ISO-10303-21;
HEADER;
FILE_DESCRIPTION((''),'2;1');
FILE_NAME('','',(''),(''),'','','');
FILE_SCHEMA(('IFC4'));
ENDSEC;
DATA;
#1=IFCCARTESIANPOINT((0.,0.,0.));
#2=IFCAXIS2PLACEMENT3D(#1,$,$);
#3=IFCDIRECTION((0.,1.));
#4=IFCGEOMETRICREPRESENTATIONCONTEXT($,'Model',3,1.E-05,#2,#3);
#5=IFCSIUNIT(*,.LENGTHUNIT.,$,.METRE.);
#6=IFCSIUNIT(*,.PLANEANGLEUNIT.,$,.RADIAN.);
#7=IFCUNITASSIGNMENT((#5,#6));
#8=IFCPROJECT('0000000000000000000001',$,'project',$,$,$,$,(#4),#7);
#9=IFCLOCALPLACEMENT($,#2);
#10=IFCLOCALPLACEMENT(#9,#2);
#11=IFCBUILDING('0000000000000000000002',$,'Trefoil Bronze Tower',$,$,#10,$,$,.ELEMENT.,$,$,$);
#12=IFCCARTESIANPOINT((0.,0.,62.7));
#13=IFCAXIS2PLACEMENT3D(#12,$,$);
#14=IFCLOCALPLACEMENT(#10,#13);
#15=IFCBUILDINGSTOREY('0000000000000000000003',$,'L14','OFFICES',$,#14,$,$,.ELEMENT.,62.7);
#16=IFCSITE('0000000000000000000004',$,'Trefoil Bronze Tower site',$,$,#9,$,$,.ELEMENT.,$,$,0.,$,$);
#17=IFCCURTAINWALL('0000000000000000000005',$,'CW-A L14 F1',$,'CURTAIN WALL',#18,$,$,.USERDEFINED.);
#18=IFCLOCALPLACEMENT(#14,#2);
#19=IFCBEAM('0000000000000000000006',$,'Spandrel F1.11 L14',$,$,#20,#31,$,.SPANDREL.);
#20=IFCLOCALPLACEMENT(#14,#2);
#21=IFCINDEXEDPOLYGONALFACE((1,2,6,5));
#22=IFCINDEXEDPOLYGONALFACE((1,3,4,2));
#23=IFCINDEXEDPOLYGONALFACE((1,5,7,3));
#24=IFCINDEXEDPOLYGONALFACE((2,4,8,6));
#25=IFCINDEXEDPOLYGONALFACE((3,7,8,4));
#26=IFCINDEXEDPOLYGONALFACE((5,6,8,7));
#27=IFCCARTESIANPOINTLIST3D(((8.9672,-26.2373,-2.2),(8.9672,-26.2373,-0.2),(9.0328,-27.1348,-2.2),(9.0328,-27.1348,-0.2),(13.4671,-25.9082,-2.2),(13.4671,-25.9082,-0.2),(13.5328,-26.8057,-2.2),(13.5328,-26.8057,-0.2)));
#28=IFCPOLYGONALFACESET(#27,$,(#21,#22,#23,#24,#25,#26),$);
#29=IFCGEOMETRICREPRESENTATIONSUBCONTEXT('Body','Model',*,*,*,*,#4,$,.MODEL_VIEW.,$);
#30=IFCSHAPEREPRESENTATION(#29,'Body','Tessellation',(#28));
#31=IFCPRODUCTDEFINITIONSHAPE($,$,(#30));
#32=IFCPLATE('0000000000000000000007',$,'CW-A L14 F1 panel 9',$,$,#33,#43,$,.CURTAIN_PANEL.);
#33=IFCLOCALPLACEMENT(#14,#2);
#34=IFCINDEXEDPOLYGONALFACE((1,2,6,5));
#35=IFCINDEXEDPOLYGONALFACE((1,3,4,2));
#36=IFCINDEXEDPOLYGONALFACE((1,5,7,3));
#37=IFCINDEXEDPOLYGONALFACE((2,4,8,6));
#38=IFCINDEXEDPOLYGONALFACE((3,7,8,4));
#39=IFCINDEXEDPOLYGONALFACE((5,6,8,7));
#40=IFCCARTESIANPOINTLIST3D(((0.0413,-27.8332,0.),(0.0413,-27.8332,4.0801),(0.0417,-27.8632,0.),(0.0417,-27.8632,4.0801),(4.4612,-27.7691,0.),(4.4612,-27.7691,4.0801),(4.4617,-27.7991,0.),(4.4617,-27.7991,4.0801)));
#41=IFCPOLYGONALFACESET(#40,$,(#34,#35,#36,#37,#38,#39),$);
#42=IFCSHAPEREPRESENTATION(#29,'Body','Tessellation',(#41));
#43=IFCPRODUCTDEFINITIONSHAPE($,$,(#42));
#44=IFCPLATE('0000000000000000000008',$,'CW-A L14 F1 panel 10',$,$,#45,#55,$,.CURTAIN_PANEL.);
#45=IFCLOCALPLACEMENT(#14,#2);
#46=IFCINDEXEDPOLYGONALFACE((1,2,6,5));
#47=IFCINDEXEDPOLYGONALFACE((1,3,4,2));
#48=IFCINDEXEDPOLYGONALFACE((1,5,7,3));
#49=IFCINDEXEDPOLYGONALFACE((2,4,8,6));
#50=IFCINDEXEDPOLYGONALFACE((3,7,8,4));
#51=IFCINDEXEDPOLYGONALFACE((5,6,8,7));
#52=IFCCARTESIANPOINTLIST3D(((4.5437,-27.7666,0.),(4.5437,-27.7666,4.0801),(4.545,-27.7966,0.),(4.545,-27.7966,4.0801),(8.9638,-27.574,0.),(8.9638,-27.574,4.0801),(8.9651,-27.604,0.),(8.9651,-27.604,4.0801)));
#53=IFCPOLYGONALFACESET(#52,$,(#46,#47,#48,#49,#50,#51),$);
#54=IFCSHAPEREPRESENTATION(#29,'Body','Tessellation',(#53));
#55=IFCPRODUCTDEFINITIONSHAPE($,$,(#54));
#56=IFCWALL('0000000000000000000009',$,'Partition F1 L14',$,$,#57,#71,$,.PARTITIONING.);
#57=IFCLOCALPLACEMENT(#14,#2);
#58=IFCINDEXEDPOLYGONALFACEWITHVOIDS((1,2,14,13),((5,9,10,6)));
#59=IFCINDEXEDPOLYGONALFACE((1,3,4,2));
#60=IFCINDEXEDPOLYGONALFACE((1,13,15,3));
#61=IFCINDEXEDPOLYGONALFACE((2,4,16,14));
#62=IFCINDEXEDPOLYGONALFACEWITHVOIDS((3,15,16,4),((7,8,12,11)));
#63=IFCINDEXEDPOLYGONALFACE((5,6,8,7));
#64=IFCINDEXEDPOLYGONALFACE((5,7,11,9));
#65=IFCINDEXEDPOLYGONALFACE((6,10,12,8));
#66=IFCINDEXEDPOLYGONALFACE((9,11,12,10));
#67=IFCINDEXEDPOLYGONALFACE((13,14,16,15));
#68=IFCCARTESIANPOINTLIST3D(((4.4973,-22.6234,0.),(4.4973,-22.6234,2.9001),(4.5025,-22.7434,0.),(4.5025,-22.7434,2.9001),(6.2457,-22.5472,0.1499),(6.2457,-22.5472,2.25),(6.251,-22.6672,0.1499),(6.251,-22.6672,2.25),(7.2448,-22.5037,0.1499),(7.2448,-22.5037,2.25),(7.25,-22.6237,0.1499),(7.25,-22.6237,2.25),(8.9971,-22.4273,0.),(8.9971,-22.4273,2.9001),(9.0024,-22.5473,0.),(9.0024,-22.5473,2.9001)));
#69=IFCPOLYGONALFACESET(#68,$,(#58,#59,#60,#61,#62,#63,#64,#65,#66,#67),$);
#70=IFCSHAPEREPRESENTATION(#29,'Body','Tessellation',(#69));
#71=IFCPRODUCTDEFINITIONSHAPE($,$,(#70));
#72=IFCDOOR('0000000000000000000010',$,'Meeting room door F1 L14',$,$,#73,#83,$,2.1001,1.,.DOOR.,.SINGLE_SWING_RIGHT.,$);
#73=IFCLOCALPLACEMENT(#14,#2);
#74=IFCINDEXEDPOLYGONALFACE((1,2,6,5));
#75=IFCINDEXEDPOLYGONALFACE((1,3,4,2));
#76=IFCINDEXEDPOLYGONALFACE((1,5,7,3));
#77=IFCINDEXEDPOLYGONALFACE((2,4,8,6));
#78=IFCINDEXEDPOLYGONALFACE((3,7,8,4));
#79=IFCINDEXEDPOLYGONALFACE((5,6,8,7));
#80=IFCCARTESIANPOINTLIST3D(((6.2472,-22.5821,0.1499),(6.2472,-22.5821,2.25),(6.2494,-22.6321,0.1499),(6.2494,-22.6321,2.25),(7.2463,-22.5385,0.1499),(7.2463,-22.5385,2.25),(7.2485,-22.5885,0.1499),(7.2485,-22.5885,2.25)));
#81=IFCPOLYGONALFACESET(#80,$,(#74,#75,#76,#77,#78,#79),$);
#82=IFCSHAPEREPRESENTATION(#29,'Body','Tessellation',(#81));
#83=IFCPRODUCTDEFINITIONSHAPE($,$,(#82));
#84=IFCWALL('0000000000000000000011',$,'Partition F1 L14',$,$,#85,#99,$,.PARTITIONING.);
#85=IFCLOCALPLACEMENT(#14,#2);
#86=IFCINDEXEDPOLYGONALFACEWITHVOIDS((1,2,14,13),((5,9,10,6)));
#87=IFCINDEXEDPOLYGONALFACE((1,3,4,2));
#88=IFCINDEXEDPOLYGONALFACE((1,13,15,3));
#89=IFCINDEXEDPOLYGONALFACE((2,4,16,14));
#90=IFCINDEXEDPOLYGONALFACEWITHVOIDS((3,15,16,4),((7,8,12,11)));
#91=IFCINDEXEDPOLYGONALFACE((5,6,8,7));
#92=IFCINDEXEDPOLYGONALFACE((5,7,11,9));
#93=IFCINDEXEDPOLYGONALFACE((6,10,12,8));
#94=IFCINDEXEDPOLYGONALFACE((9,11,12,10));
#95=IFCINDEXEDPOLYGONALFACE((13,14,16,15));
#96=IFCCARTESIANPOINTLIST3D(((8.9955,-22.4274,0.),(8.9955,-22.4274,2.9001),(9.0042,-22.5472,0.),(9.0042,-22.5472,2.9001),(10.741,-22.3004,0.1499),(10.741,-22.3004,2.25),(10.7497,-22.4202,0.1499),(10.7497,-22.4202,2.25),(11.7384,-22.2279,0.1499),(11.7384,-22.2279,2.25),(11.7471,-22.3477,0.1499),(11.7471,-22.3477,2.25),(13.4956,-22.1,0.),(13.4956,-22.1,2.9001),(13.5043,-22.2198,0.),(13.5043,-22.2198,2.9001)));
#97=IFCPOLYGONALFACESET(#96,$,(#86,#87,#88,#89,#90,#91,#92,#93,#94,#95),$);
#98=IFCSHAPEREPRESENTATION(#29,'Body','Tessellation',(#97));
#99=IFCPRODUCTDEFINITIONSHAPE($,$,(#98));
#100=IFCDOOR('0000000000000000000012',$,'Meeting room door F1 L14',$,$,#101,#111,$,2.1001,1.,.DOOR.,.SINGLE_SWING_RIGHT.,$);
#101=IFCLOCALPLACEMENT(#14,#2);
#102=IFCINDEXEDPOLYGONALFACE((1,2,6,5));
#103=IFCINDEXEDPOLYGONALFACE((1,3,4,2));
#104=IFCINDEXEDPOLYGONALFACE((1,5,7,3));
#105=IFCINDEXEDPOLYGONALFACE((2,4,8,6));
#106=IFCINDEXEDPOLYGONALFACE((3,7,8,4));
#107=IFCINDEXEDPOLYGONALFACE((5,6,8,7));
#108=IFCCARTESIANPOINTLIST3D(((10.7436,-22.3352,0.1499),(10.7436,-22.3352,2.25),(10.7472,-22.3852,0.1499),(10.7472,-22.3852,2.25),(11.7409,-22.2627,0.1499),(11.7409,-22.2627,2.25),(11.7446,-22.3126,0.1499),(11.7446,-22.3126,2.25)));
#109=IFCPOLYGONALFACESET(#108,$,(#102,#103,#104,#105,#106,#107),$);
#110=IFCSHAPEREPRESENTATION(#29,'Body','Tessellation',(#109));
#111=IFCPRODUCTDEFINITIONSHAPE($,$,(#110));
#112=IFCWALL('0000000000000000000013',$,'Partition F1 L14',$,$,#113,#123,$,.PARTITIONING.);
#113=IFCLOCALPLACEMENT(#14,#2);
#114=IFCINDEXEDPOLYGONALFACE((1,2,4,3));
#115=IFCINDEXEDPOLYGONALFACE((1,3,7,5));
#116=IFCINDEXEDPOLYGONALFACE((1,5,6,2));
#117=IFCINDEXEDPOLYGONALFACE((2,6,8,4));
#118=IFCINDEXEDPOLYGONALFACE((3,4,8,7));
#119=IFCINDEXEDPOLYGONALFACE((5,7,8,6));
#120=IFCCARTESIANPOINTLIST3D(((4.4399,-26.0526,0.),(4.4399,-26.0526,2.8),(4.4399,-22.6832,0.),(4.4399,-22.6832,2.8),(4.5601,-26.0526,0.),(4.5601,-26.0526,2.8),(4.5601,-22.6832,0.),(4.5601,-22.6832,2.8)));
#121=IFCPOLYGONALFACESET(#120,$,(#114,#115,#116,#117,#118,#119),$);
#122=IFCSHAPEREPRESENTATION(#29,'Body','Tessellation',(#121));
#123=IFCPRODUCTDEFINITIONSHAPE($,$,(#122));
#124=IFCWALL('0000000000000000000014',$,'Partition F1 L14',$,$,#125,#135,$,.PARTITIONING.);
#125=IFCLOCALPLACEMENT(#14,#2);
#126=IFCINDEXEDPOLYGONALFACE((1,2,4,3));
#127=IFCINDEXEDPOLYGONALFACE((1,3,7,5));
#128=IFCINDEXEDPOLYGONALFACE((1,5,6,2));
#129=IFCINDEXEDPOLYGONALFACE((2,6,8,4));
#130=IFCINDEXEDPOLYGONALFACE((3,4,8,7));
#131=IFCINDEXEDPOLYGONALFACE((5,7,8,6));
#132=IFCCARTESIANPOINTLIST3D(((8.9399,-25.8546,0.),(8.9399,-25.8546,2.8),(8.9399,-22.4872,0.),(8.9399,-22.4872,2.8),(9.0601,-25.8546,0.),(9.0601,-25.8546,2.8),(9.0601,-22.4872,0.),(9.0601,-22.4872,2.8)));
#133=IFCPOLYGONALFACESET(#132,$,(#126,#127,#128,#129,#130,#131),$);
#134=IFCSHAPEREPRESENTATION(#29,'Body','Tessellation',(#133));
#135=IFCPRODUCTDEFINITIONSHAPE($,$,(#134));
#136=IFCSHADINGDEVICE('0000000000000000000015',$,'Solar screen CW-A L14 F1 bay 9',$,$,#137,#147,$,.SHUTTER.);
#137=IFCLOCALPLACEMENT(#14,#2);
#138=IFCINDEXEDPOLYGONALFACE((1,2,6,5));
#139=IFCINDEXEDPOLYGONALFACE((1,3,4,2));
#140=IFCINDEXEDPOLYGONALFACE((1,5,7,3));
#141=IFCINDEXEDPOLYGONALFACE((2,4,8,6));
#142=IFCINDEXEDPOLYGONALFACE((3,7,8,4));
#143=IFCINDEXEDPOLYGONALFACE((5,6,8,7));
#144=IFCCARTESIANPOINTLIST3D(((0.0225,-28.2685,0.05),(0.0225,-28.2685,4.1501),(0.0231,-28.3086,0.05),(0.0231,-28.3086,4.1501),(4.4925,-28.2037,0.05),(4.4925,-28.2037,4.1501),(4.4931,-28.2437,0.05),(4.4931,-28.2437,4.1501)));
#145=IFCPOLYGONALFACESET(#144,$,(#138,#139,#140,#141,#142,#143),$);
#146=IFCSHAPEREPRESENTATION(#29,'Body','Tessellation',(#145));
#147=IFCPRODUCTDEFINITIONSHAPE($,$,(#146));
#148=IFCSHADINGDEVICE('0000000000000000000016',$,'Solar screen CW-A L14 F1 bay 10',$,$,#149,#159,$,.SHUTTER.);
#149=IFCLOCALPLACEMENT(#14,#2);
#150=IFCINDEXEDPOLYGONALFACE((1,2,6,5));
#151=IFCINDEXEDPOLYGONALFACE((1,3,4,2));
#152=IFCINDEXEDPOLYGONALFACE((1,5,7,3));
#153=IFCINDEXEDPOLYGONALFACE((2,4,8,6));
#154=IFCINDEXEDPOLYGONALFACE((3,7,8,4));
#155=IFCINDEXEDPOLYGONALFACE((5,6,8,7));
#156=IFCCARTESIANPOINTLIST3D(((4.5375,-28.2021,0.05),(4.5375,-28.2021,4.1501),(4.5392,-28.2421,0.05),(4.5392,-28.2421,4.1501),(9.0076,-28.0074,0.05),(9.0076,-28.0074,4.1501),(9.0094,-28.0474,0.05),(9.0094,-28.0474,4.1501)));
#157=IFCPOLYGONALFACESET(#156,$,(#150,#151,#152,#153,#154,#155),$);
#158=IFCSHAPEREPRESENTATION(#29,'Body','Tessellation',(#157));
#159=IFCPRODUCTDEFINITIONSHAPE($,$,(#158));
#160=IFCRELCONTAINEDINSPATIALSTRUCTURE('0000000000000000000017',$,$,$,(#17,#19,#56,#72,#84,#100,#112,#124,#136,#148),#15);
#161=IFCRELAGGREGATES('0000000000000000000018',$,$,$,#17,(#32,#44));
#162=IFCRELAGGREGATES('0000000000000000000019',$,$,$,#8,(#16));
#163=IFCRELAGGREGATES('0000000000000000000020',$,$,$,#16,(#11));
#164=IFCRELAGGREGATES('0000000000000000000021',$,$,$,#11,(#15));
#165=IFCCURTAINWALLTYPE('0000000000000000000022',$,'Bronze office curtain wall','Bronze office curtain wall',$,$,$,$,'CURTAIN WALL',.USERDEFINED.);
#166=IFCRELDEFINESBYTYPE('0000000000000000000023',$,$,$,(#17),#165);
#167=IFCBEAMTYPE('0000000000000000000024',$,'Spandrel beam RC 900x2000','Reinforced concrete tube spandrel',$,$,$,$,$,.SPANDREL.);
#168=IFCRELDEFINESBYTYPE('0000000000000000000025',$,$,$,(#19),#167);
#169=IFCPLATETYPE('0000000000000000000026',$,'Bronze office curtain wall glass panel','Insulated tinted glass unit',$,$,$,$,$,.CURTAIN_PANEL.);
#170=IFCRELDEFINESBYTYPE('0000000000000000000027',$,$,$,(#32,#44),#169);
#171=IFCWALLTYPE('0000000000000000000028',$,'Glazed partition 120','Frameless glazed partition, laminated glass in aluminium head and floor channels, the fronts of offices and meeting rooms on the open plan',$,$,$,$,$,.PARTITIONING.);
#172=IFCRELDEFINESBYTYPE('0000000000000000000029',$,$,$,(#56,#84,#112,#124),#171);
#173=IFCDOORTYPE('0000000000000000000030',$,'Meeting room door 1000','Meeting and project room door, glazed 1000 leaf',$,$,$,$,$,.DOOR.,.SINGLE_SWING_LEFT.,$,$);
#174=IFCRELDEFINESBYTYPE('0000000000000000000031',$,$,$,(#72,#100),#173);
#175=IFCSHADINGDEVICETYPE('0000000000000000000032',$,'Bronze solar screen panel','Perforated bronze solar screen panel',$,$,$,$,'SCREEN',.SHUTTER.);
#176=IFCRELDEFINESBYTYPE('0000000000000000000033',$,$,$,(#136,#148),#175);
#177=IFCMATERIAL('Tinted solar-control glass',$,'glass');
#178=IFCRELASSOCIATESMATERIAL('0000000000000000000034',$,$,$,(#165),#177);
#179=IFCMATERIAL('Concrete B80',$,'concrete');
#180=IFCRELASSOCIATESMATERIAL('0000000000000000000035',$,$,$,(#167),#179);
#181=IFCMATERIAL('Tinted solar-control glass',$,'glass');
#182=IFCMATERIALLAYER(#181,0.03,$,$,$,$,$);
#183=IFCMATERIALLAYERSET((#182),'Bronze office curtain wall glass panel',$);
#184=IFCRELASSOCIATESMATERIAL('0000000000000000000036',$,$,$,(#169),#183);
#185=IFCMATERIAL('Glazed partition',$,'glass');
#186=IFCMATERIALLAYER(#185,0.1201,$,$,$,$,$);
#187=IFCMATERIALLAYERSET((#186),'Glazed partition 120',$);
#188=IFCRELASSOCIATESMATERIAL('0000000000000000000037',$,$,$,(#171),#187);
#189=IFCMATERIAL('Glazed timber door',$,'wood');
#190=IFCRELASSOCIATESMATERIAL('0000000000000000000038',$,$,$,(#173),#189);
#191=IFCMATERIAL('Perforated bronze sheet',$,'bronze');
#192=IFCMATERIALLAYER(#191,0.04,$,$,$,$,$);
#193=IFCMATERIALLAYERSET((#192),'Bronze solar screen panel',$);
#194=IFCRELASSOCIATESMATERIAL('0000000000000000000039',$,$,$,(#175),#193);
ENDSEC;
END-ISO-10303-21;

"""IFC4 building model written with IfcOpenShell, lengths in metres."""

from ifc_helpers import new_model, si_unit, direction, frame, frame_2d, origin, origin_2d, place, context, subcontext, project, spatial, rectangle, extrude, material, layer, layer_set, material_profile, profile_set, type_object, element, fill, aggregate, save


model = new_model("IFC4")

# Units and contexts
model_context = context("Model", 3, precision=1e-05, world=origin(), true_north=direction((0.0, 1.0)))
body_context = subcontext(model_context, "Body", "Model", "MODEL_VIEW")
ifc_project = project(units=[si_unit("LENGTHUNIT", "METRE"), si_unit("PLANEANGLEUNIT", "RADIAN")], contexts=[model_context])

# Site, building, storey
site_placement = place(None, origin())
site = spatial("IfcSite", under=ifc_project, at=site_placement, Name="Trefoil Bronze Tower site", CompositionType="ELEMENT", RefElevation=0.0)
building_placement = place(site_placement, origin())
building = spatial("IfcBuilding", under=site, at=building_placement, Name="Trefoil Bronze Tower", CompositionType="ELEMENT")
storey_placement = place(building_placement, frame((0.0, 0.0, 62.7)))
storey = spatial("IfcBuildingStorey", under=building, at=storey_placement, Name="L14", Description="OFFICES", CompositionType="ELEMENT", Elevation=62.7)

# Curtain wall
ifc_material_1 = material(Name="Tinted solar-control glass", Category="glass")
curtain_wall_type = type_object("IfcCurtainWallType", Name="Bronze office curtain wall", Description="Bronze office curtain wall", ElementType="CURTAIN WALL", PredefinedType="USERDEFINED", material=ifc_material_1)
curtain_wall_placement = place(storey_placement, origin())
curtain_wall = element("IfcCurtainWall", 1, at=curtain_wall_placement, inside=storey, type_object=curtain_wall_type, Name="CW-A L14 F1", ObjectType="CURTAIN WALL", PredefinedType="USERDEFINED")

# Beam
ifc_material_2 = material(Name="Concrete B80", Category="concrete")
ifc_material_profile_1 = material_profile(ifc_material_2, rectangle(XDim=0.8999, YDim=2.0, at=origin_2d()), Name="RC 900x2000")
ifc_profile_set_1 = profile_set([ifc_material_profile_1], Name="Concrete B80")
beam_type_1 = type_object("IfcBeamType", Name="Spandrel beam RC 900x2000", Description="Reinforced concrete tube spandrel", PredefinedType="SPANDREL", material=ifc_profile_set_1)
beam_1_placement = place(storey_placement, frame((9.0, -26.686, -1.2), z_axis=(0.997336, 0.072939, 0.0), x_axis=(-0.072939, 0.997336, 0.0)))
element("IfcBeam", 2, at=beam_1_placement, inside=storey, type_object=beam_type_1, Name="Spandrel F1.11 L14", PredefinedType="SPANDREL", context=body_context, shape_type="SweptSolid", body=[
    extrude(rectangle(XDim=0.8999, YDim=2.0, at=origin_2d()), origin(), (0.0, 0.0, 1.0), 4.512),
])

# Plates
ifc_material_3 = material(Name="Tinted solar-control glass", Category="glass")
ifc_layer_1 = layer(ifc_material_3, 0.03)
ifc_layer_set_1 = layer_set([ifc_layer_1], Name="Bronze office curtain wall glass panel")
plate_type = type_object("IfcPlateType", Name="Bronze office curtain wall glass panel", Description="Insulated tinted glass unit", PredefinedType="CURTAIN_PANEL", material=ifc_layer_set_1)
plate_1_placement = place(storey_placement, frame((2.2515, -27.8162, 0.0), z_axis=(0.0, 0.0, 1.0), x_axis=(0.999895, 0.014509, 0.0)))
plate_1 = element("IfcPlate", 3, at=plate_1_placement, type_object=plate_type, Name="CW-A L14 F1 panel 9", PredefinedType="CURTAIN_PANEL", context=body_context, shape_type="SweptSolid", body=[
    extrude(rectangle(XDim=4.4204, YDim=0.03, at=origin_2d()), origin(), (0.0, 0.0, 1.0), 4.0801),
])
plate_2_placement = place(storey_placement, frame((6.7544, -27.6853, 0.0), z_axis=(0.0, 0.0, 1.0), x_axis=(0.999052, 0.043528, 0.0)))
plate_2 = element("IfcPlate", 4, at=plate_2_placement, type_object=plate_type, Name="CW-A L14 F1 panel 10", PredefinedType="CURTAIN_PANEL", context=body_context, shape_type="SweptSolid", body=[
    extrude(rectangle(XDim=4.4243, YDim=0.03, at=origin_2d()), origin(), (0.0, 0.0, 1.0), 4.0801),
])
aggregate(curtain_wall, [plate_1, plate_2])

# Walls, openings, doors
ifc_material_4 = material(Name="Glazed partition", Category="glass")
ifc_layer_2 = layer(ifc_material_4, 0.1201)
ifc_layer_set_2 = layer_set([ifc_layer_2], Name="Glazed partition 120")
wall_type = type_object("IfcWallType", Name="Glazed partition 120", Description="Frameless glazed partition, laminated glass in aluminium head and floor channels, the fronts of offices and meeting rooms on the open plan", PredefinedType="PARTITIONING", material=ifc_layer_set_2)
wall_1_placement = place(storey_placement, frame((4.5, -22.6833, 0.0), z_axis=(0.0, 0.0, 1.0), x_axis=(0.999052, 0.043524, 0.0)))
wall_1 = element("IfcWall", 5, at=wall_1_placement, inside=storey, type_object=wall_type, Name="Partition F1 L14", PredefinedType="PARTITIONING", context=body_context, shape_type="SweptSolid", body=[
    extrude(rectangle(XDim=4.5042, YDim=0.1201, at=frame_2d((2.252, 0.0))), origin(), (0.0, 0.0, 1.0), 2.9001),
])
opening_1_placement = place(wall_1_placement, frame((1.75, 0.0, 0.1499)))
opening_1 = element("IfcOpeningElement", 6, at=opening_1_placement, cuts=wall_1, PredefinedType="OPENING", context=body_context, shape_type="SweptSolid", body=[
    extrude(rectangle(XDim=1.0, YDim=2.1001, at=frame_2d((0.5, 1.05))), frame((0.0, 0.0701, 0.0), z_axis=(0.0, -1.0, 0.0), x_axis=(1.0, 0.0, 0.0)), (0.0, 0.0, 1.0), 0.1401),
])
ifc_material_5 = material(Name="Glazed timber door", Category="wood")
door_type = type_object("IfcDoorType", Name="Meeting room door 1000", Description="Meeting and project room door, glazed 1000 leaf", OperationType="SINGLE_SWING_LEFT", PredefinedType="DOOR", material=ifc_material_5)
door_1_placement = place(opening_1_placement, frame((1.0, 0.0, 0.0), z_axis=(0.0, 0.0, 1.0), x_axis=(-1.0, 0.0, 0.0)))
door_1 = element("IfcDoor", 7, at=door_1_placement, inside=storey, type_object=door_type, Name="Meeting room door F1 L14", OperationType="SINGLE_SWING_RIGHT", OverallHeight=2.1001, OverallWidth=1.0, PredefinedType="DOOR", context=body_context, shape_type="SweptSolid", body=[
    extrude(rectangle(XDim=1.0, YDim=2.1001, at=frame_2d((0.5, 1.05))), frame((0.0, 0.0249, 0.0), z_axis=(0.0, -1.0, 0.0), x_axis=(1.0, 0.0, 0.0)), (0.0, 0.0, 1.0), 0.05),
])
fill(opening_1, door_1)
wall_2_placement = place(storey_placement, frame((9.0, -22.4873, 0.0), z_axis=(0.0, 0.0, 1.0), x_axis=(0.997364, 0.072562, 0.0)))
wall_2 = element("IfcWall", 8, at=wall_2_placement, inside=storey, type_object=wall_type, Name="Partition F1 L14", PredefinedType="PARTITIONING", context=body_context, shape_type="SweptSolid", body=[
    extrude(rectangle(XDim=4.512, YDim=0.1201, at=frame_2d((2.2559, 0.0))), origin(), (0.0, 0.0, 1.0), 2.9001),
])
opening_2_placement = place(wall_2_placement, frame((1.75, 0.0, 0.1499)))
opening_2 = element("IfcOpeningElement", 9, at=opening_2_placement, cuts=wall_2, PredefinedType="OPENING", context=body_context, shape_type="SweptSolid", body=[
    extrude(rectangle(XDim=1.0, YDim=2.1001, at=frame_2d((0.5, 1.05))), frame((0.0, 0.0701, 0.0), z_axis=(0.0, -1.0, 0.0), x_axis=(1.0, 0.0, 0.0)), (0.0, 0.0, 1.0), 0.1401),
])
door_2_placement = place(opening_2_placement, frame((1.0, 0.0, 0.0), z_axis=(0.0, 0.0, 1.0), x_axis=(-1.0, 0.0, 0.0)))
door_2 = element("IfcDoor", 10, at=door_2_placement, inside=storey, type_object=door_type, Name="Meeting room door F1 L14", OperationType="SINGLE_SWING_RIGHT", OverallHeight=2.1001, OverallWidth=1.0, PredefinedType="DOOR", context=body_context, shape_type="SweptSolid", body=[
    extrude(rectangle(XDim=1.0, YDim=2.1001, at=frame_2d((0.5, 1.05))), frame((0.0, 0.0249, 0.0), z_axis=(0.0, -1.0, 0.0), x_axis=(1.0, 0.0, 0.0)), (0.0, 0.0, 1.0), 0.05),
])
fill(opening_2, door_2)

# Walls
wall_3_placement = place(storey_placement, frame((4.5, -22.6833, 0.0), z_axis=(0.0, 0.0, 1.0), x_axis=(0.0, -1.0, 0.0)))
element("IfcWall", 11, at=wall_3_placement, inside=storey, type_object=wall_type, Name="Partition F1 L14", PredefinedType="PARTITIONING", context=body_context, shape_type="SweptSolid", body=[
    extrude(rectangle(XDim=3.3694, YDim=0.1201, at=frame_2d((1.6846, 0.0))), origin(), (0.0, 0.0, 1.0), 2.8),
])
wall_4_placement = place(storey_placement, frame((9.0, -22.4873, 0.0), z_axis=(0.0, 0.0, 1.0), x_axis=(0.0, -1.0, 0.0)))
element("IfcWall", 12, at=wall_4_placement, inside=storey, type_object=wall_type, Name="Partition F1 L14", PredefinedType="PARTITIONING", context=body_context, shape_type="SweptSolid", body=[
    extrude(rectangle(XDim=3.3674, YDim=0.1201, at=frame_2d((1.6836, 0.0))), origin(), (0.0, 0.0, 1.0), 2.8),
])

# Shading devices
ifc_material_6 = material(Name="Perforated bronze sheet", Category="bronze")
ifc_layer_3 = layer(ifc_material_6, 0.04)
ifc_layer_set_3 = layer_set([ifc_layer_3], Name="Bronze solar screen panel")
shading_device_type = type_object("IfcShadingDeviceType", Name="Bronze solar screen panel", Description="Perforated bronze solar screen panel", ElementType="SCREEN", PredefinedType="SHUTTER", material=ifc_layer_set_3)
shading_device_1_placement = place(storey_placement, frame((2.2578, -28.2561, 0.05), z_axis=(0.0, 0.0, 1.0), x_axis=(0.999895, 0.014509, 0.0)))
element("IfcShadingDevice", 13, at=shading_device_1_placement, inside=storey, type_object=shading_device_type, Name="Solar screen CW-A L14 F1 bay 9", PredefinedType="SHUTTER", context=body_context, shape_type="SweptSolid", body=[
    extrude(rectangle(XDim=4.4705, YDim=0.04, at=origin_2d()), origin(), (0.0, 0.0, 1.0), 4.1001),
])
shading_device_2_placement = place(storey_placement, frame((6.7734, -28.1248, 0.05), z_axis=(0.0, 0.0, 1.0), x_axis=(0.999052, 0.043528, 0.0)))
element("IfcShadingDevice", 14, at=shading_device_2_placement, inside=storey, type_object=shading_device_type, Name="Solar screen CW-A L14 F1 bay 10", PredefinedType="SHUTTER", context=body_context, shape_type="SweptSolid", body=[
    extrude(rectangle(XDim=4.4744, YDim=0.04, at=origin_2d()), origin(), (0.0, 0.0, 1.0), 4.1001),
])

save(model, "model.ifc")
